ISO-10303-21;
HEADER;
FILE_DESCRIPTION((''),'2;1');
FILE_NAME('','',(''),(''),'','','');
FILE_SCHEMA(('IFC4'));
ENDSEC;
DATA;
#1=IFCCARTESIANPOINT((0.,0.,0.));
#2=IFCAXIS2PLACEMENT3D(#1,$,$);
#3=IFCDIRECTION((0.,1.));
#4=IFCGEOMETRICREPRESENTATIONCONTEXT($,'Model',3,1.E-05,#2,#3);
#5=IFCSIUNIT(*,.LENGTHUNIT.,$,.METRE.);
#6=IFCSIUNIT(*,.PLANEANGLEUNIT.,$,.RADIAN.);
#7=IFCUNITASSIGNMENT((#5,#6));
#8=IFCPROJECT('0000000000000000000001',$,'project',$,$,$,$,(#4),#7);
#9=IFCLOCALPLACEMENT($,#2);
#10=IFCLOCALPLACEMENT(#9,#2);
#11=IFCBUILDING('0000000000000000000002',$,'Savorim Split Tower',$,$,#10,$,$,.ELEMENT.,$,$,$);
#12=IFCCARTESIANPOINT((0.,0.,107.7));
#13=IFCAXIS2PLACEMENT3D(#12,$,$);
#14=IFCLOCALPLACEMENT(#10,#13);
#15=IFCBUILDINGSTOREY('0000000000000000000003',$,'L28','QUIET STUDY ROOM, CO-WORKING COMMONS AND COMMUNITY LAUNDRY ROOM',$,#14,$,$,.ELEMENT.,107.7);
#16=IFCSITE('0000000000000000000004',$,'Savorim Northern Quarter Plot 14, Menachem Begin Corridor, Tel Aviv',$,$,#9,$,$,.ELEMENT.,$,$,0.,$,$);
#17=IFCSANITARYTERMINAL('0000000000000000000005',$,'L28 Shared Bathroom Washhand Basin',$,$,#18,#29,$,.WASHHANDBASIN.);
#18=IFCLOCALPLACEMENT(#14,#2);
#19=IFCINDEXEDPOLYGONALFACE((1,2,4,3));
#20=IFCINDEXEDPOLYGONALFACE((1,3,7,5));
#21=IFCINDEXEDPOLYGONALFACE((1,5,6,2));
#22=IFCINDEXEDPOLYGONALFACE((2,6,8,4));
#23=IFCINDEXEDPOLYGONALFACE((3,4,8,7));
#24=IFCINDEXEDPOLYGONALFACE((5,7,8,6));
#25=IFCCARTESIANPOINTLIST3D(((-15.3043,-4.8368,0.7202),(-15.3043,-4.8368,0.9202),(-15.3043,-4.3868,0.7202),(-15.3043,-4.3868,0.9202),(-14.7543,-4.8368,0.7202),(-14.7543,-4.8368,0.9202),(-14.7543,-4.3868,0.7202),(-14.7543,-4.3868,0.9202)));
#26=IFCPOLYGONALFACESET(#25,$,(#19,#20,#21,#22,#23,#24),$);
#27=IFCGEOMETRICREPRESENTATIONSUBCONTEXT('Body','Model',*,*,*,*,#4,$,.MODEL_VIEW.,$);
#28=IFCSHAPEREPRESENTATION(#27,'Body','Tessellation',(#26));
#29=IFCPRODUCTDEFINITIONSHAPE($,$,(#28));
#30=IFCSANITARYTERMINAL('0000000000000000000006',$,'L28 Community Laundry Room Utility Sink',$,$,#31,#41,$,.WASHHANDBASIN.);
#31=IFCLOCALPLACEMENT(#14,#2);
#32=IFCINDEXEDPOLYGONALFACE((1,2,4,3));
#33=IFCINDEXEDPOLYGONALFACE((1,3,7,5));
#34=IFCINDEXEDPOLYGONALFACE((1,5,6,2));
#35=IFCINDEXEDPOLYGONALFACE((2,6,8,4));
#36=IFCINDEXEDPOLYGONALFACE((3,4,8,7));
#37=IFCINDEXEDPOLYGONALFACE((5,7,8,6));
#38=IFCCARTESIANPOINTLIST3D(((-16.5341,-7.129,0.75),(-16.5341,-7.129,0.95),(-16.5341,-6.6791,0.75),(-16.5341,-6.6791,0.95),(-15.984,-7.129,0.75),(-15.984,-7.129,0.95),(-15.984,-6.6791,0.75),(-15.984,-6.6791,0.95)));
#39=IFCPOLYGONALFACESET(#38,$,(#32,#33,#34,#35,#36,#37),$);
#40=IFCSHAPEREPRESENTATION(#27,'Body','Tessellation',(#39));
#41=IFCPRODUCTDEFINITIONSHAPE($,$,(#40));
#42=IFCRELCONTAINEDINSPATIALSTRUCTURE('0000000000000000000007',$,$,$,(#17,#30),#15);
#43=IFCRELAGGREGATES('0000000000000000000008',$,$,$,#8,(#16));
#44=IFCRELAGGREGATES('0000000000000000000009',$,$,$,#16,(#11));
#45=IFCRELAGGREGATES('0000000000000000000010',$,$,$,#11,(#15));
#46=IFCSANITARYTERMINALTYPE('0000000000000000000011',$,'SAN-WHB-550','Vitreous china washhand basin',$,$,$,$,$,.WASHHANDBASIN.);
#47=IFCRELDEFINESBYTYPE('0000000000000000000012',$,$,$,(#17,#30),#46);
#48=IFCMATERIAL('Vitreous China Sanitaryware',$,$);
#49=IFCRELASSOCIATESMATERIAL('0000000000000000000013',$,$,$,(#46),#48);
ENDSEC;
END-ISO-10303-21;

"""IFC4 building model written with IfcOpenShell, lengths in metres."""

from ifc_helpers import new_model, si_unit, direction, frame, origin, origin_2d, place, context, subcontext, project, spatial, rectangle, extrude, material, type_object, element, save


model = new_model("IFC4")

# Units and contexts
model_context = context("Model", 3, precision=1e-05, world=origin(), true_north=direction((0.0, 1.0)))
body_context = subcontext(model_context, "Body", "Model", "MODEL_VIEW")
ifc_project = project(units=[si_unit("LENGTHUNIT", "METRE"), si_unit("PLANEANGLEUNIT", "RADIAN")], contexts=[model_context])

# Site, building, storey
site_placement = place(None, origin())
site = spatial("IfcSite", under=ifc_project, at=site_placement, Name="Savorim Northern Quarter Plot 14, Menachem Begin Corridor, Tel Aviv", CompositionType="ELEMENT", RefElevation=0.0)
building_placement = place(site_placement, origin())
building = spatial("IfcBuilding", under=site, at=building_placement, Name="Savorim Split Tower", CompositionType="ELEMENT")
storey_placement = place(building_placement, frame((0.0, 0.0, 107.7)))
storey = spatial("IfcBuildingStorey", under=building, at=storey_placement, Name="L28", Description="QUIET STUDY ROOM, CO-WORKING COMMONS AND COMMUNITY LAUNDRY ROOM", CompositionType="ELEMENT", Elevation=107.7)

# Sanitary terminals
ifc_material_1 = material(Name="Vitreous China Sanitaryware")
sanitary_terminal_type_1 = type_object("IfcSanitaryTerminalType", Name="SAN-WHB-550", Description="Vitreous china washhand basin", PredefinedType="WASHHANDBASIN", material=ifc_material_1)
for number, where, z_axis, x_axis, name in (
    (1, (-15.0293, -4.6118, 0.7202), (0.0, 0.0, 1.0), (1.0, 0.0, 0.0), "L28 Shared Bathroom Washhand Basin"),
    (2, (-16.259, -6.9041, 0.75), (0.0, 0.0, 1.0), (1.0, 0.0, 0.0), "L28 Community Laundry Room Utility Sink"),
):
    element("IfcSanitaryTerminal", number, at=place(storey_placement, frame(where, z_axis=z_axis, x_axis=x_axis)), inside=storey, type_object=sanitary_terminal_type_1, Name=name, PredefinedType="WASHHANDBASIN", context=body_context, shape_type="SweptSolid", body=[
        extrude(rectangle(XDim=0.55, YDim=0.45, at=origin_2d()), origin(), (0.0, 0.0, 1.0), 0.2),
    ])

save(model, "model.ifc")
